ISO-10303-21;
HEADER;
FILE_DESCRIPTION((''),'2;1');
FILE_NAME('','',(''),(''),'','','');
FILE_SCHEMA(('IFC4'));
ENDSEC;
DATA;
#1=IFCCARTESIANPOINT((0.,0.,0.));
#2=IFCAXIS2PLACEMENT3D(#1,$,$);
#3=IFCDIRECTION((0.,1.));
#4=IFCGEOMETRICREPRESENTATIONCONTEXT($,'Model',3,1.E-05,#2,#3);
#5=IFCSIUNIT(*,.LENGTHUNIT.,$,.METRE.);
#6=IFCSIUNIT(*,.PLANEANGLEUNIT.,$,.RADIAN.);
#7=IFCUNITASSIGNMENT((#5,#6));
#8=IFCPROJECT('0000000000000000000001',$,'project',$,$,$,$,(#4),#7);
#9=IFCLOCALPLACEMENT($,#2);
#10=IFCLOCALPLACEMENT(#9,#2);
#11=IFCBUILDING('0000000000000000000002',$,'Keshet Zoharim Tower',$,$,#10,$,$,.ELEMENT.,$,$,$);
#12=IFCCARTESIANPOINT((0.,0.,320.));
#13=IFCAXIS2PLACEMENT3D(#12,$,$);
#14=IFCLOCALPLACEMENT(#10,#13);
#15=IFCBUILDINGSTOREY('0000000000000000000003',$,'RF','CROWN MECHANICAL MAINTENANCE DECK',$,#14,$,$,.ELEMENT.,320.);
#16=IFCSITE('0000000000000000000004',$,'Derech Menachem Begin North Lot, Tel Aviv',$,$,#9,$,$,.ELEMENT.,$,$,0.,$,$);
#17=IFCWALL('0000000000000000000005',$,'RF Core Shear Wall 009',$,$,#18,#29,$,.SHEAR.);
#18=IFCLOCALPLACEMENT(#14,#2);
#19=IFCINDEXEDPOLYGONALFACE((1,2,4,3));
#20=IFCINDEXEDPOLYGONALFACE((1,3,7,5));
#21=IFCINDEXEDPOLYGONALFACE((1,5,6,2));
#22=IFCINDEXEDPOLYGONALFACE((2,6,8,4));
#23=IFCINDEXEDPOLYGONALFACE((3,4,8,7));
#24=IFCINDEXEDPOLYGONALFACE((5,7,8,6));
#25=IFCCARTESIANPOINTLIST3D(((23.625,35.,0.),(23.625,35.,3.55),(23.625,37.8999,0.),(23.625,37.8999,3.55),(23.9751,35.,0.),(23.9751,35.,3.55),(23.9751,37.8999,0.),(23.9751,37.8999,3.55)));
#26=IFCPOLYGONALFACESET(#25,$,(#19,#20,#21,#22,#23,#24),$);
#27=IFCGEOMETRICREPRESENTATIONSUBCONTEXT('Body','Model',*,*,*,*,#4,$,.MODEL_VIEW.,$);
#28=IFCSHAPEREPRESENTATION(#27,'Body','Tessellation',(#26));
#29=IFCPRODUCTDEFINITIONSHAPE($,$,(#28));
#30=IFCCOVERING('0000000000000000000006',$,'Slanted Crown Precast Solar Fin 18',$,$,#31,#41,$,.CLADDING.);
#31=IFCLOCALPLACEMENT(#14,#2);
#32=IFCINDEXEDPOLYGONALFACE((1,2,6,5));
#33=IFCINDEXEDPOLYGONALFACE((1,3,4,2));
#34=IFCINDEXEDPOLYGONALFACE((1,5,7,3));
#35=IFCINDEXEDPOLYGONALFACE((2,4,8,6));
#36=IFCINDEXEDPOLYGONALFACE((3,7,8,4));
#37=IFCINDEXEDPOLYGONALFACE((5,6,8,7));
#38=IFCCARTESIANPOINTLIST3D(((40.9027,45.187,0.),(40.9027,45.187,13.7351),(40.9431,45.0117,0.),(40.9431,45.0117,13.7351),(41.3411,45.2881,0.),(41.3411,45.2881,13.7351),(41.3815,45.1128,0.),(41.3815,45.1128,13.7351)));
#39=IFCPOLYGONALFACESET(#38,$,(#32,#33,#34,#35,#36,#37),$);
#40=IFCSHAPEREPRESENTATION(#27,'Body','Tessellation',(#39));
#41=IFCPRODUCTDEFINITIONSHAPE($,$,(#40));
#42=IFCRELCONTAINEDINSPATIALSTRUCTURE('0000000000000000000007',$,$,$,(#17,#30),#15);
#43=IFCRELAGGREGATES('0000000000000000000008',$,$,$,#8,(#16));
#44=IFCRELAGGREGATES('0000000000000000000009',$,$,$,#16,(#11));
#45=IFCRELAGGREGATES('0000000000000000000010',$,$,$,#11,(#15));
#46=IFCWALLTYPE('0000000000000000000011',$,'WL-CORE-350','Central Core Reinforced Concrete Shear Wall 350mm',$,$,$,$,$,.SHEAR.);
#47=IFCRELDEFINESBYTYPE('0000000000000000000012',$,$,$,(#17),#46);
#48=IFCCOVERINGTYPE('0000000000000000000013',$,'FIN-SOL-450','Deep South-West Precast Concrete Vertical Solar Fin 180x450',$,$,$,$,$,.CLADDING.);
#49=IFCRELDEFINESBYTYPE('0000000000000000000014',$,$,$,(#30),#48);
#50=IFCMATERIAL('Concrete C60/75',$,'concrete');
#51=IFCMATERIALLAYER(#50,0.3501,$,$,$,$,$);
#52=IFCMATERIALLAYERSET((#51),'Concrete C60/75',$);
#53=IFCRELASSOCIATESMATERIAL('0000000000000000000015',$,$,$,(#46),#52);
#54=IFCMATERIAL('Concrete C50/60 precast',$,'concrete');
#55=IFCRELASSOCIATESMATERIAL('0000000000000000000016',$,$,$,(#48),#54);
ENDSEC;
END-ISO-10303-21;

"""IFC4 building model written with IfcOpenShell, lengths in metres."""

from ifc_helpers import new_model, si_unit, direction, frame, frame_2d, origin, origin_2d, place, context, subcontext, project, spatial, rectangle, extrude, material, layer, layer_set, type_object, element, save


model = new_model("IFC4")

# Units and contexts
model_context = context("Model", 3, precision=1e-05, world=origin(), true_north=direction((0.0, 1.0)))
body_context = subcontext(model_context, "Body", "Model", "MODEL_VIEW")
ifc_project = project(units=[si_unit("LENGTHUNIT", "METRE"), si_unit("PLANEANGLEUNIT", "RADIAN")], contexts=[model_context])

# Site, building, storey
site_placement = place(None, origin())
site = spatial("IfcSite", under=ifc_project, at=site_placement, Name="Derech Menachem Begin North Lot, Tel Aviv", CompositionType="ELEMENT", RefElevation=0.0)
building_placement = place(site_placement, origin())
building = spatial("IfcBuilding", under=site, at=building_placement, Name="Keshet Zoharim Tower", CompositionType="ELEMENT")
storey_placement = place(building_placement, frame((0.0, 0.0, 320.0)))
storey = spatial("IfcBuildingStorey", under=building, at=storey_placement, Name="RF", Description="CROWN MECHANICAL MAINTENANCE DECK", CompositionType="ELEMENT", Elevation=320.0)

# Wall
ifc_material_1 = material(Name="Concrete C60/75", Category="concrete")
ifc_layer_1 = layer(ifc_material_1, 0.3501)
ifc_layer_set_1 = layer_set([ifc_layer_1], Name="Concrete C60/75")
wall_type = type_object("IfcWallType", Name="WL-CORE-350", Description="Central Core Reinforced Concrete Shear Wall 350mm", PredefinedType="SHEAR", material=ifc_layer_set_1)
wall_1_placement = place(storey_placement, frame((23.8, 35.0, 0.0), z_axis=(0.0, 0.0, 1.0), x_axis=(0.0, 1.0, 0.0)))
element("IfcWall", 1, at=wall_1_placement, inside=storey, type_object=wall_type, Name="RF Core Shear Wall 009", PredefinedType="SHEAR", context=body_context, shape_type="SweptSolid", body=[
    extrude(rectangle(XDim=2.8999, YDim=0.3501, at=frame_2d((1.45, 0.0))), origin(), (0.0, 0.0, 1.0), 3.55),
])

# Covering
ifc_material_2 = material(Name="Concrete C50/60 precast", Category="concrete")
covering_type = type_object("IfcCoveringType", Name="FIN-SOL-450", Description="Deep South-West Precast Concrete Vertical Solar Fin 180x450", PredefinedType="CLADDING", material=ifc_material_2)
covering_placement = place(storey_placement, frame((41.1421, 45.1499, 0.0), z_axis=(0.0, 0.0, 1.0), x_axis=(0.224741, -0.974418, 0.0)))
element("IfcCovering", 2, at=covering_placement, inside=storey, type_object=covering_type, Name="Slanted Crown Precast Solar Fin 18", PredefinedType="CLADDING", context=body_context, shape_type="SweptSolid", body=[
    extrude(rectangle(XDim=0.1799, YDim=0.45, at=origin_2d()), origin(), (0.0, 0.0, 1.0), 13.7351),
])

save(model, "model.ifc")
